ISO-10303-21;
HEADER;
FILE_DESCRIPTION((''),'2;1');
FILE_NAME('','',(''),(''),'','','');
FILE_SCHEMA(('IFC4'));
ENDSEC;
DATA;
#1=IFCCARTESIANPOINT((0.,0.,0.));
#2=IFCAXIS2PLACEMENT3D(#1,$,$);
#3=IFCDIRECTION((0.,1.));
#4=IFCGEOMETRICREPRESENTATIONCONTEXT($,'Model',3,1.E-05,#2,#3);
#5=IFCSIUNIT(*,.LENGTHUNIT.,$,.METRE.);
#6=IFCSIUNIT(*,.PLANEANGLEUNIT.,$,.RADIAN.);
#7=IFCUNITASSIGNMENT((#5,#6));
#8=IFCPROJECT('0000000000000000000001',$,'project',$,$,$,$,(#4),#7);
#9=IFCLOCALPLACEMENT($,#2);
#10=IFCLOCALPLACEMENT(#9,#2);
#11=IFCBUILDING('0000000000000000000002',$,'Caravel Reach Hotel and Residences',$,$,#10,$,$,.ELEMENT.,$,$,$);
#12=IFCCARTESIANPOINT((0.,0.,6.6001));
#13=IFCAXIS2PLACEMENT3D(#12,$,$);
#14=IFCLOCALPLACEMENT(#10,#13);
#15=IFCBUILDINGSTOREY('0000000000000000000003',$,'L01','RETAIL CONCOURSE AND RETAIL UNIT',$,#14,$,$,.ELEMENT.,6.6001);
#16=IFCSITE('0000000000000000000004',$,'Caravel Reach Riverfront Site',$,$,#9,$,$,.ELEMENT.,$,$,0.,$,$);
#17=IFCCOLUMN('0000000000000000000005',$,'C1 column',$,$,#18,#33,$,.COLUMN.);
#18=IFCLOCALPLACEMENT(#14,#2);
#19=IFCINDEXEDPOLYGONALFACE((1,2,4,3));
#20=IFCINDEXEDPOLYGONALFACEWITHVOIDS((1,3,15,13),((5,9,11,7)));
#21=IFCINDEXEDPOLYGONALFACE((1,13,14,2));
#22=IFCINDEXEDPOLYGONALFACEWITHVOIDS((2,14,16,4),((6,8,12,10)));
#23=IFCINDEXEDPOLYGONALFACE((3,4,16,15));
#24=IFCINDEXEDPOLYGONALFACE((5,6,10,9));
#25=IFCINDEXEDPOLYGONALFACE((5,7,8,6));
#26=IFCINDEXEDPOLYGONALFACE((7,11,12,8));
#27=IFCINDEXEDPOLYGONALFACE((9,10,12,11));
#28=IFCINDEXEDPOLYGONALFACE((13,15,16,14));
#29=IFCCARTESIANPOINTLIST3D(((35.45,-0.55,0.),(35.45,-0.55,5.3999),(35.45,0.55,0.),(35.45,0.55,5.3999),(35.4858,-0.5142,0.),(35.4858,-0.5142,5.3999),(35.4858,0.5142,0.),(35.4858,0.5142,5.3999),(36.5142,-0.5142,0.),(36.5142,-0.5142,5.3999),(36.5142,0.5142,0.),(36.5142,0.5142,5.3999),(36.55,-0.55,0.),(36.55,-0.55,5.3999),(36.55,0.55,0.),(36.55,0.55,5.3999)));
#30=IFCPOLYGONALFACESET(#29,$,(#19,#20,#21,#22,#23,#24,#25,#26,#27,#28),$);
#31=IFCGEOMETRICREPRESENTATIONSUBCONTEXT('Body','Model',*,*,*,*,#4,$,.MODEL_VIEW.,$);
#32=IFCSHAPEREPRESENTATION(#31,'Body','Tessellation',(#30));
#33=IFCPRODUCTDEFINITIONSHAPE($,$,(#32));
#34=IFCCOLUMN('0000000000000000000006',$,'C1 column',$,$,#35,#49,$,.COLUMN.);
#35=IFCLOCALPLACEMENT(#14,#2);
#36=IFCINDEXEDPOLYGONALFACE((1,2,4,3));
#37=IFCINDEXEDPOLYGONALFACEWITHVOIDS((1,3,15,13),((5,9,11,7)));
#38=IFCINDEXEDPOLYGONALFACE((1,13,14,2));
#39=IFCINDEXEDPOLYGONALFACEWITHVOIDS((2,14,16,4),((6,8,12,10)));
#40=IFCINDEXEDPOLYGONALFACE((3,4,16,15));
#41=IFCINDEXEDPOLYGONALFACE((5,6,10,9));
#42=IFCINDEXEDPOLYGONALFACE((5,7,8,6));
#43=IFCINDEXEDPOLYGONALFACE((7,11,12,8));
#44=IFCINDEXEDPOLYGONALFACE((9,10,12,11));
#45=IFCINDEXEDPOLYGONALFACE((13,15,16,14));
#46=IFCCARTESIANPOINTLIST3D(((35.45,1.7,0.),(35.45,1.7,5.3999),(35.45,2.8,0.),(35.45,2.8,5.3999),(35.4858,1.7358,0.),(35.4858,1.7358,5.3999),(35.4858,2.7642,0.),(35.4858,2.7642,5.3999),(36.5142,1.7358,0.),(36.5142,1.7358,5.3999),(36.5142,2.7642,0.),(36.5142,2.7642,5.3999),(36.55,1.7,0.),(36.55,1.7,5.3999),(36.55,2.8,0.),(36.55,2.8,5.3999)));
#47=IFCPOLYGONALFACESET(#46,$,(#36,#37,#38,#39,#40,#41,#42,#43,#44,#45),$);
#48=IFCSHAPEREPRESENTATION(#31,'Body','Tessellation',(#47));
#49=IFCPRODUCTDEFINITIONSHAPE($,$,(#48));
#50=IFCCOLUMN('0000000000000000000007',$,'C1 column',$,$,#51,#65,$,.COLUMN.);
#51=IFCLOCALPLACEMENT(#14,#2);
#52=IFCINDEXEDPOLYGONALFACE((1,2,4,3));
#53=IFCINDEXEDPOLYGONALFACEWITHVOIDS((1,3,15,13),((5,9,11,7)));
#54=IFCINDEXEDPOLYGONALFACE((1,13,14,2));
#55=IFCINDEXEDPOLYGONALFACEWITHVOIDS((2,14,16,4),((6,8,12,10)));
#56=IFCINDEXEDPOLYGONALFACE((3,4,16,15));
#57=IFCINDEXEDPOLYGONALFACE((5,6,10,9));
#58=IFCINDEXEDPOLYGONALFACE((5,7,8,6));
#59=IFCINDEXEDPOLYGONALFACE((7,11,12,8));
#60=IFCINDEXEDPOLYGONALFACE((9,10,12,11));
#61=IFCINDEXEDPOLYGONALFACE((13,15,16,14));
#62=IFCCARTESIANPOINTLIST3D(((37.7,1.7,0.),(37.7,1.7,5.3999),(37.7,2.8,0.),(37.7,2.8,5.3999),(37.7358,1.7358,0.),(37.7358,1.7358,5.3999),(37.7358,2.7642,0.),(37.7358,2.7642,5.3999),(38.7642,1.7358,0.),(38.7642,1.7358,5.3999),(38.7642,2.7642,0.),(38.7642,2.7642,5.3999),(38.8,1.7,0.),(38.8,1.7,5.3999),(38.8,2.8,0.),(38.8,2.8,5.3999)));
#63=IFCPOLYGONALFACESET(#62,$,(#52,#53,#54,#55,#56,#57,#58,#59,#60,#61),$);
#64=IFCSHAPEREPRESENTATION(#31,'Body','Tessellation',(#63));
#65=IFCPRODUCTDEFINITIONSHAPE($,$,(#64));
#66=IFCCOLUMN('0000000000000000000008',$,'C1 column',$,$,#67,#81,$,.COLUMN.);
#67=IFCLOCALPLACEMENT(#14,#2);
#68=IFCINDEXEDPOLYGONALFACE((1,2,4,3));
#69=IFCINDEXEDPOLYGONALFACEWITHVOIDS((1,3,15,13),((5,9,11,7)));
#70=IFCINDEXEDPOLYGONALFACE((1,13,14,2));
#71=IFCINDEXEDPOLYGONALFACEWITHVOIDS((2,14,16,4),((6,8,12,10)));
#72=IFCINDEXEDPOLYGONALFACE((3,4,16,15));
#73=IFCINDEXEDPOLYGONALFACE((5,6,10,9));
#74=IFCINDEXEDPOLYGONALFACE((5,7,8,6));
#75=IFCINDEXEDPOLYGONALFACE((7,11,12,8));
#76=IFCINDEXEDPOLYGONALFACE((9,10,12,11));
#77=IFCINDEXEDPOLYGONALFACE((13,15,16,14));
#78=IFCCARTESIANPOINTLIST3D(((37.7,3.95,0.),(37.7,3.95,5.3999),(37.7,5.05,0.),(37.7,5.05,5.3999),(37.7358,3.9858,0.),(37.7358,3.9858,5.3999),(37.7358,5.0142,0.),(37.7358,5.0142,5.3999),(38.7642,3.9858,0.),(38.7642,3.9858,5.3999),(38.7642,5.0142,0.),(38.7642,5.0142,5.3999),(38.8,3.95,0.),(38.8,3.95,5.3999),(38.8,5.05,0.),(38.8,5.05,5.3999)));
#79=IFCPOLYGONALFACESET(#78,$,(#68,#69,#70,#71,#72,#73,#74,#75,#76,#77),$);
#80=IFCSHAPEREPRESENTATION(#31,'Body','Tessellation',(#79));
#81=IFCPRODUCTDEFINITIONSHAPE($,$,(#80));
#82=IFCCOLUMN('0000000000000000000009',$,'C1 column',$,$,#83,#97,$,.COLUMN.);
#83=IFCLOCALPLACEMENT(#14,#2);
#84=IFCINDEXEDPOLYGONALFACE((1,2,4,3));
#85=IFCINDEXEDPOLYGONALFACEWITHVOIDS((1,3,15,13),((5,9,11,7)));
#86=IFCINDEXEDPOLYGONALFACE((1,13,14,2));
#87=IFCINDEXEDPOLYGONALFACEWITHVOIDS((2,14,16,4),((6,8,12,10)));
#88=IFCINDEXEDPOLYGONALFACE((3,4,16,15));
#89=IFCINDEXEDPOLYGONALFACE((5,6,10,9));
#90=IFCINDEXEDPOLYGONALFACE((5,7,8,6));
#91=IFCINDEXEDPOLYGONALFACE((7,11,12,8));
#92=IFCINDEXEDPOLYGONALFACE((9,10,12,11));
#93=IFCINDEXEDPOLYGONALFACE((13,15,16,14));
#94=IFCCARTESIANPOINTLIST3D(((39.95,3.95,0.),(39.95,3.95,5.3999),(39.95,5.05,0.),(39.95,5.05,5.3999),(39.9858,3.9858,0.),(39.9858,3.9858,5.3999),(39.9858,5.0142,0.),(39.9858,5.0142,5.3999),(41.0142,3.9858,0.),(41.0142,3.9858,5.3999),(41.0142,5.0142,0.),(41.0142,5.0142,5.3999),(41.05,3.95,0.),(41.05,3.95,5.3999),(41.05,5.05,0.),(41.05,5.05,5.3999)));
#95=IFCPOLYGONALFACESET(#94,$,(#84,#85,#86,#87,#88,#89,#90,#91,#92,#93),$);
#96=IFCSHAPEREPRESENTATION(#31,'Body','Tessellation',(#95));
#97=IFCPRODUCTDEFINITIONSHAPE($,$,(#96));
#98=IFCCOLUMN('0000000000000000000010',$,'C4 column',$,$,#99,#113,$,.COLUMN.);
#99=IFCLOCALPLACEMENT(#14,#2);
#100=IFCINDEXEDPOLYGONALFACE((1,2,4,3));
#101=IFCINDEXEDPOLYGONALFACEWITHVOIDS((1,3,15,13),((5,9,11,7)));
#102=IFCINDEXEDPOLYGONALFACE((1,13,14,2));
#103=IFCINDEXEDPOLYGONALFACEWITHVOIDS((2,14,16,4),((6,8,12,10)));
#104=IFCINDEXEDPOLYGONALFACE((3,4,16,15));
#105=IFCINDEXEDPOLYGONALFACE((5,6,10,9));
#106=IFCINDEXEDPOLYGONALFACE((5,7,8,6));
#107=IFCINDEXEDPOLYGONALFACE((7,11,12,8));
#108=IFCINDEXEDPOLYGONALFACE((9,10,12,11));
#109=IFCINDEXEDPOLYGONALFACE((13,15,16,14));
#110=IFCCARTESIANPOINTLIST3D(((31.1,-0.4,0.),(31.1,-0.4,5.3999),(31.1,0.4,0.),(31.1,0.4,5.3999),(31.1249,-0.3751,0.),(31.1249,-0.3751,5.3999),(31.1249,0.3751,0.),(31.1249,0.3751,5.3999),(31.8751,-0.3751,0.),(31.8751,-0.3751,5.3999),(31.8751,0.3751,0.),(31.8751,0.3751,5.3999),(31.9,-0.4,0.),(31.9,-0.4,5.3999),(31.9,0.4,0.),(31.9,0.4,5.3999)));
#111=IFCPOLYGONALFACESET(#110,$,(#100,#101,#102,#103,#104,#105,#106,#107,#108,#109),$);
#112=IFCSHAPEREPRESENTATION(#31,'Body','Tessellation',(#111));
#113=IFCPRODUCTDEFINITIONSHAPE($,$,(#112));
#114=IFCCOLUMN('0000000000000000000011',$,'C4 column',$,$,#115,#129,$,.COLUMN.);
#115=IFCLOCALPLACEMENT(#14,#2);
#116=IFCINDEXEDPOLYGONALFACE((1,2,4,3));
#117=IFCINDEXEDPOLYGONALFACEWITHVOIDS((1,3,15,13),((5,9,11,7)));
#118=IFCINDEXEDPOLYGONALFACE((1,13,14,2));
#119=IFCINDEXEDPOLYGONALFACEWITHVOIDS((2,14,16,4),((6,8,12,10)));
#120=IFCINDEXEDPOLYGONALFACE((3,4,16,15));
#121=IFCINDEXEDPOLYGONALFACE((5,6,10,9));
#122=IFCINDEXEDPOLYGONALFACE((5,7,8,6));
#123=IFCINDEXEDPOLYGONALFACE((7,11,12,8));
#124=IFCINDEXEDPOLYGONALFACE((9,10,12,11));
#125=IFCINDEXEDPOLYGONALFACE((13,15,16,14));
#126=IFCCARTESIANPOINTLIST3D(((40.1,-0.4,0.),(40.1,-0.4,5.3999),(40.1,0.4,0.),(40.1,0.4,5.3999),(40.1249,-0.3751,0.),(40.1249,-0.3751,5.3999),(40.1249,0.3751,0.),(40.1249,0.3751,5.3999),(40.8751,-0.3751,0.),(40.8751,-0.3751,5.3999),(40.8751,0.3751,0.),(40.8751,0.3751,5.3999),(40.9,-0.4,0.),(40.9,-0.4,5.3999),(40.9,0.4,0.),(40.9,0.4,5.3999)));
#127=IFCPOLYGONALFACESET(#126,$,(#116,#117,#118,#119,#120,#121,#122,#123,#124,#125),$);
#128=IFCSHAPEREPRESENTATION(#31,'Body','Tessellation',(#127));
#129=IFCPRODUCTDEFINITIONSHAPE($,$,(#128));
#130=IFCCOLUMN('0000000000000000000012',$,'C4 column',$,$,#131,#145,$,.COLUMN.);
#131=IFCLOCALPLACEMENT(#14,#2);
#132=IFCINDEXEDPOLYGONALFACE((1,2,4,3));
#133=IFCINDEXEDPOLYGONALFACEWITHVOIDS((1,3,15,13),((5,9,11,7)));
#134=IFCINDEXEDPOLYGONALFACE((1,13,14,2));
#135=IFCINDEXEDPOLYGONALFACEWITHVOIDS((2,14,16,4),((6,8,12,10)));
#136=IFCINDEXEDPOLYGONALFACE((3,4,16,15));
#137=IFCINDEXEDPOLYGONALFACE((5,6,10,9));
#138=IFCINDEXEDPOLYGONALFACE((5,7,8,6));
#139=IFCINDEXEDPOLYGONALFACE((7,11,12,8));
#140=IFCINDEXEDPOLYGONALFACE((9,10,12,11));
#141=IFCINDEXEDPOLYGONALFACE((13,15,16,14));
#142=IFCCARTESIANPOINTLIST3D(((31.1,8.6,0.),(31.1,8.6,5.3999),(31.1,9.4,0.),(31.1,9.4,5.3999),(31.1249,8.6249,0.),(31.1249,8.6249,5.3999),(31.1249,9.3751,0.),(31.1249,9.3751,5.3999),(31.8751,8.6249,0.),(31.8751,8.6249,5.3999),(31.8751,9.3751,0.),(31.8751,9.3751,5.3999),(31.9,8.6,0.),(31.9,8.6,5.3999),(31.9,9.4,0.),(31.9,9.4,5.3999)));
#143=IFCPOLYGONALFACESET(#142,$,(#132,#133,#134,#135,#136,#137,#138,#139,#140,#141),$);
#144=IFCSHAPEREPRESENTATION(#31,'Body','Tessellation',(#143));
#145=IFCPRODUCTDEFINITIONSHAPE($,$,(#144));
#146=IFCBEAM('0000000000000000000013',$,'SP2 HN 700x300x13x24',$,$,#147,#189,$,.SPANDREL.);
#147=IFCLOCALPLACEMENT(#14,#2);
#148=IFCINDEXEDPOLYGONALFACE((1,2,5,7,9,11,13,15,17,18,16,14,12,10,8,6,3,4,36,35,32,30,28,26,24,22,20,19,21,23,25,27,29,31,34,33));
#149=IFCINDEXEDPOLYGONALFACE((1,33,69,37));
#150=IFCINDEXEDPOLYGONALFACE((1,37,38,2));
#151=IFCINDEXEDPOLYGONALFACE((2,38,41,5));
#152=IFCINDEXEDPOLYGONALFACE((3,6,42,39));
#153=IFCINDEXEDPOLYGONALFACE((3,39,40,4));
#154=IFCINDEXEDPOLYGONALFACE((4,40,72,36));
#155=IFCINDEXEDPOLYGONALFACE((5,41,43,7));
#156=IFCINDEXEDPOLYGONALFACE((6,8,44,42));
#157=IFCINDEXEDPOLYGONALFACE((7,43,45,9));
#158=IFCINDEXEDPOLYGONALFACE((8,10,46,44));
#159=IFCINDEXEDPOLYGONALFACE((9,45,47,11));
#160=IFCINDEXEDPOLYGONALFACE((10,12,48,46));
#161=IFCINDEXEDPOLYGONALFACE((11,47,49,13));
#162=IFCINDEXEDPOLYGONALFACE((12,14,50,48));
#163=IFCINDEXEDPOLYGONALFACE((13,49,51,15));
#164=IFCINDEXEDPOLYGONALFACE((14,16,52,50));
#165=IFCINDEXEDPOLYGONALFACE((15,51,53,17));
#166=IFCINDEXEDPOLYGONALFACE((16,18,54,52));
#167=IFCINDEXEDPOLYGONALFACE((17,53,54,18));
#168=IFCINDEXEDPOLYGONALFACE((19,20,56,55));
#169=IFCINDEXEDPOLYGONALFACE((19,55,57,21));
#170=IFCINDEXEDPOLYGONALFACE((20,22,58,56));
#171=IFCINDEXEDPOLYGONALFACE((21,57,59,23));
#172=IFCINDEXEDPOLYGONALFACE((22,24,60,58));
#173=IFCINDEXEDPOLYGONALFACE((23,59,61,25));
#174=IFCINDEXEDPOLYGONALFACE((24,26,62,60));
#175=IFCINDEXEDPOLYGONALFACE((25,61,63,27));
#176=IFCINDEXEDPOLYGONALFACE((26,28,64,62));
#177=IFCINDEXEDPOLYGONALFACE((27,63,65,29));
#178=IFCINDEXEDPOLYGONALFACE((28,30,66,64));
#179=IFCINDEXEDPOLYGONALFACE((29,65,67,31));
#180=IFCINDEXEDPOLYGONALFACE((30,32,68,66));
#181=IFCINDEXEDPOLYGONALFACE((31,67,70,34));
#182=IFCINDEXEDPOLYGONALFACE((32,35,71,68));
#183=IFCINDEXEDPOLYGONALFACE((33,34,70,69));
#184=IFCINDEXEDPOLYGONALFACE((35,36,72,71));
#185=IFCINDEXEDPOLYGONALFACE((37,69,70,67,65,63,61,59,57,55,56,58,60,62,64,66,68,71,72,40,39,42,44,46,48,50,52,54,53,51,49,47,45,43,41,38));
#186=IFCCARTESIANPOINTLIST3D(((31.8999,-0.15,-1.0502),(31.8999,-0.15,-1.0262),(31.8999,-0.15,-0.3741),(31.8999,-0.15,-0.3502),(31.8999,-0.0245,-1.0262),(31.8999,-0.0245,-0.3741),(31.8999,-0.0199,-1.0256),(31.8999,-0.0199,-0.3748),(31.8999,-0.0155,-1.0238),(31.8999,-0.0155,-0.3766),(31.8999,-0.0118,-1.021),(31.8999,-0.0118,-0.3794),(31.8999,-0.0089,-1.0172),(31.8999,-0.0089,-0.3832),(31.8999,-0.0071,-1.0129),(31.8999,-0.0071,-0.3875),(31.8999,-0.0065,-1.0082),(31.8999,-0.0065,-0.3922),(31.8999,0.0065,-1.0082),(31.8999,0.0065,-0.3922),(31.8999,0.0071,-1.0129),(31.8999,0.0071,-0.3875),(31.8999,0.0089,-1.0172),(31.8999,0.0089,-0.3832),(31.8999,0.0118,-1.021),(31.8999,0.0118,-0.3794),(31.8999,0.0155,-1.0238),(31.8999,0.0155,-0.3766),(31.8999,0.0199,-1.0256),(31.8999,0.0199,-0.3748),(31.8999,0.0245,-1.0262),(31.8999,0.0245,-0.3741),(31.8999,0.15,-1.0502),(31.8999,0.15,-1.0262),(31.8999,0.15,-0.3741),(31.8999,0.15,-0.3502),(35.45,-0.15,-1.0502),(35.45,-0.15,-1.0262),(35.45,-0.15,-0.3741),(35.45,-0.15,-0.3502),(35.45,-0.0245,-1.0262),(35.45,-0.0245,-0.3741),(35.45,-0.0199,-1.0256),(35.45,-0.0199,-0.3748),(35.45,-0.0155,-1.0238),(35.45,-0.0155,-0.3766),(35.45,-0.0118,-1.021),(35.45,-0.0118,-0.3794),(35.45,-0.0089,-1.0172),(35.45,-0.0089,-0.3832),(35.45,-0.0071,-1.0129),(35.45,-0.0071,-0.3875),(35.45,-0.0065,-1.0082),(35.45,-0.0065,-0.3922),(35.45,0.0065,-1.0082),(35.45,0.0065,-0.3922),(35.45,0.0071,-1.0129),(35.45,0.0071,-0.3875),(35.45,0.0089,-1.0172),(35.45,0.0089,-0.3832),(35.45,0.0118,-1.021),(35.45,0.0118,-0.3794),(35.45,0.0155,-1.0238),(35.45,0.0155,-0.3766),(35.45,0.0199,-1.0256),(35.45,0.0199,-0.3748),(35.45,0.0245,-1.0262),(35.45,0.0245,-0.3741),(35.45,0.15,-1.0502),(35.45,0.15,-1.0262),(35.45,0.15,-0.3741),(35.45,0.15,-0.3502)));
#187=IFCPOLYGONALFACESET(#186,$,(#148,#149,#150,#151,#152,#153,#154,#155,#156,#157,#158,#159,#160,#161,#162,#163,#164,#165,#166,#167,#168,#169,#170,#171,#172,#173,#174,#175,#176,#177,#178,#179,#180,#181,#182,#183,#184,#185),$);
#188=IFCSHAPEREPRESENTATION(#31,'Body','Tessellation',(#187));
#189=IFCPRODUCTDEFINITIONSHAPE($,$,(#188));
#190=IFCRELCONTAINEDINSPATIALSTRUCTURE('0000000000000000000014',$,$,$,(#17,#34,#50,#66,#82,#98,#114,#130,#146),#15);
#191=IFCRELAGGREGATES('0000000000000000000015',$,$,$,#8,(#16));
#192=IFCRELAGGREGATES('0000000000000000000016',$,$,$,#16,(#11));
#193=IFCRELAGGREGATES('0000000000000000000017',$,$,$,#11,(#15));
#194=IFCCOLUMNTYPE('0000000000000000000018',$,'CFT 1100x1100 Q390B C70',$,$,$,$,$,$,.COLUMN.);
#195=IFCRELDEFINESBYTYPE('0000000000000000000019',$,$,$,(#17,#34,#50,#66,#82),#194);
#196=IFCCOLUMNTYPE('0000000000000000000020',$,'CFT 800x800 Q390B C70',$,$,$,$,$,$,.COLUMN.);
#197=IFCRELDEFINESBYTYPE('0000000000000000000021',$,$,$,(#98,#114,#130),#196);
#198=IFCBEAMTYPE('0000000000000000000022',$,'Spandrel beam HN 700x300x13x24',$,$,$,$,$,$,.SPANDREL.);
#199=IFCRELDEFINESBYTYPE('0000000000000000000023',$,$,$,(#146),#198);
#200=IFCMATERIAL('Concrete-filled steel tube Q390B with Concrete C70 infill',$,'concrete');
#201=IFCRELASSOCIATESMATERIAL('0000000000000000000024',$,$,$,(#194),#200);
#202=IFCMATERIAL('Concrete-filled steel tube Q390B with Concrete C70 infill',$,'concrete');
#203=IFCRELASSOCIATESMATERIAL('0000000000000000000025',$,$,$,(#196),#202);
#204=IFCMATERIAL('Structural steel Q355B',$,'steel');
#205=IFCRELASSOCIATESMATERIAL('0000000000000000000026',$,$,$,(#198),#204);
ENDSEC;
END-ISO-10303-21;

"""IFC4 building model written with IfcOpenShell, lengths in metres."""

from ifc_helpers import new_model, si_unit, direction, frame, origin, origin_2d, place, context, subcontext, project, spatial, hollow_rectangle, i_section, extrude, material, material_profile, profile_set, type_object, element, save


model = new_model("IFC4")

# Units and contexts
model_context = context("Model", 3, precision=1e-05, world=origin(), true_north=direction((0.0, 1.0)))
body_context = subcontext(model_context, "Body", "Model", "MODEL_VIEW")
ifc_project = project(units=[si_unit("LENGTHUNIT", "METRE"), si_unit("PLANEANGLEUNIT", "RADIAN")], contexts=[model_context])

# Site, building, storey
site_placement = place(None, origin())
site = spatial("IfcSite", under=ifc_project, at=site_placement, Name="Caravel Reach Riverfront Site", CompositionType="ELEMENT", RefElevation=0.0)
building_placement = place(site_placement, origin())
building = spatial("IfcBuilding", under=site, at=building_placement, Name="Caravel Reach Hotel and Residences", CompositionType="ELEMENT")
storey_placement = place(building_placement, frame((0.0, 0.0, 6.6001)))
storey = spatial("IfcBuildingStorey", under=building, at=storey_placement, Name="L01", Description="RETAIL CONCOURSE AND RETAIL UNIT", CompositionType="ELEMENT", Elevation=6.6001)

# Columns
ifc_material_1 = material(Name="Concrete-filled steel tube Q390B with Concrete C70 infill", Category="concrete")
ifc_material_profile_1 = material_profile(ifc_material_1, hollow_rectangle(XDim=1.1001, YDim=1.1001, WallThickness=0.0359, at=origin_2d()), Name="RHS 1100x1100x36")
ifc_profile_set_1 = profile_set([ifc_material_profile_1], Name="Concrete-filled steel tube Q390B with Concrete C70 infill")
column_type_1 = type_object("IfcColumnType", Name="CFT 1100x1100 Q390B C70", PredefinedType="COLUMN", material=ifc_profile_set_1)
for number, where, z_axis, x_axis, name in (
    (1, (36.0, 0.0, 0.0), (0.0, 0.0, 1.0), (1.0, 0.0, 0.0), "C1 column"),
    (2, (36.0, 2.25, 0.0), (0.0, 0.0, 1.0), (1.0, 0.0, 0.0), "C1 column"),
    (3, (38.25, 2.25, 0.0), (0.0, 0.0, 1.0), (1.0, 0.0, 0.0), "C1 column"),
    (4, (38.25, 4.5, 0.0), (0.0, 0.0, 1.0), (1.0, 0.0, 0.0), "C1 column"),
    (5, (40.5, 4.5, 0.0), (0.0, 0.0, 1.0), (1.0, 0.0, 0.0), "C1 column"),
):
    element("IfcColumn", number, at=place(storey_placement, frame(where, z_axis=z_axis, x_axis=x_axis)), inside=storey, type_object=column_type_1, Name=name, PredefinedType="COLUMN", context=body_context, shape_type="SweptSolid", body=[
        extrude(hollow_rectangle(XDim=1.1001, YDim=1.1001, WallThickness=0.0359, at=origin_2d()), origin(), (0.0, 0.0, 1.0), 5.3999),
    ])
ifc_material_2 = material(Name="Concrete-filled steel tube Q390B with Concrete C70 infill", Category="concrete")
ifc_material_profile_2 = material_profile(ifc_material_2, hollow_rectangle(XDim=0.8, YDim=0.8, WallThickness=0.0249, at=origin_2d()), Name="RHS 800x800x25")
ifc_profile_set_2 = profile_set([ifc_material_profile_2], Name="Concrete-filled steel tube Q390B with Concrete C70 infill")
column_type_2 = type_object("IfcColumnType", Name="CFT 800x800 Q390B C70", PredefinedType="COLUMN", material=ifc_profile_set_2)
for number, where, z_axis, x_axis, name in (
    (6, (31.5, 0.0, 0.0), (0.0, 0.0, 1.0), (1.0, 0.0, 0.0), "C4 column"),
    (7, (40.5, 0.0, 0.0), (0.0, 0.0, 1.0), (1.0, 0.0, 0.0), "C4 column"),
    (8, (31.5, 9.0, 0.0), (0.0, 0.0, 1.0), (1.0, 0.0, 0.0), "C4 column"),
):
    element("IfcColumn", number, at=place(storey_placement, frame(where, z_axis=z_axis, x_axis=x_axis)), inside=storey, type_object=column_type_2, Name=name, PredefinedType="COLUMN", context=body_context, shape_type="SweptSolid", body=[
        extrude(hollow_rectangle(XDim=0.8, YDim=0.8, WallThickness=0.0249, at=origin_2d()), origin(), (0.0, 0.0, 1.0), 5.3999),
    ])

# Beam
ifc_material_3 = material(Name="Structural steel Q355B", Category="steel")
ifc_material_profile_3 = material_profile(ifc_material_3, i_section(OverallWidth=0.3, OverallDepth=0.7, WebThickness=0.0129, FlangeThickness=0.0239, FilletRadius=0.0181, at=origin_2d()), Name="HN 700x300x13x24")
ifc_profile_set_3 = profile_set([ifc_material_profile_3], Name="Structural steel Q355B")
beam_type = type_object("IfcBeamType", Name="Spandrel beam HN 700x300x13x24", PredefinedType="SPANDREL", material=ifc_profile_set_3)
for number, where, z_axis, x_axis, name in (
    (9, (31.8999, 0.0, -0.7002), (1.0, 0.0, 0.0), (0.0, 1.0, 0.0), "SP2 HN 700x300x13x24"),
):
    element("IfcBeam", number, at=place(storey_placement, frame(where, z_axis=z_axis, x_axis=x_axis)), inside=storey, type_object=beam_type, Name=name, PredefinedType="SPANDREL", context=body_context, shape_type="SweptSolid", body=[
        extrude(i_section(OverallWidth=0.3, OverallDepth=0.7, WebThickness=0.0129, FlangeThickness=0.0239, FilletRadius=0.0181, at=origin_2d()), origin(), (0.0, 0.0, 1.0), 3.55),
    ])

save(model, "model.ifc")
